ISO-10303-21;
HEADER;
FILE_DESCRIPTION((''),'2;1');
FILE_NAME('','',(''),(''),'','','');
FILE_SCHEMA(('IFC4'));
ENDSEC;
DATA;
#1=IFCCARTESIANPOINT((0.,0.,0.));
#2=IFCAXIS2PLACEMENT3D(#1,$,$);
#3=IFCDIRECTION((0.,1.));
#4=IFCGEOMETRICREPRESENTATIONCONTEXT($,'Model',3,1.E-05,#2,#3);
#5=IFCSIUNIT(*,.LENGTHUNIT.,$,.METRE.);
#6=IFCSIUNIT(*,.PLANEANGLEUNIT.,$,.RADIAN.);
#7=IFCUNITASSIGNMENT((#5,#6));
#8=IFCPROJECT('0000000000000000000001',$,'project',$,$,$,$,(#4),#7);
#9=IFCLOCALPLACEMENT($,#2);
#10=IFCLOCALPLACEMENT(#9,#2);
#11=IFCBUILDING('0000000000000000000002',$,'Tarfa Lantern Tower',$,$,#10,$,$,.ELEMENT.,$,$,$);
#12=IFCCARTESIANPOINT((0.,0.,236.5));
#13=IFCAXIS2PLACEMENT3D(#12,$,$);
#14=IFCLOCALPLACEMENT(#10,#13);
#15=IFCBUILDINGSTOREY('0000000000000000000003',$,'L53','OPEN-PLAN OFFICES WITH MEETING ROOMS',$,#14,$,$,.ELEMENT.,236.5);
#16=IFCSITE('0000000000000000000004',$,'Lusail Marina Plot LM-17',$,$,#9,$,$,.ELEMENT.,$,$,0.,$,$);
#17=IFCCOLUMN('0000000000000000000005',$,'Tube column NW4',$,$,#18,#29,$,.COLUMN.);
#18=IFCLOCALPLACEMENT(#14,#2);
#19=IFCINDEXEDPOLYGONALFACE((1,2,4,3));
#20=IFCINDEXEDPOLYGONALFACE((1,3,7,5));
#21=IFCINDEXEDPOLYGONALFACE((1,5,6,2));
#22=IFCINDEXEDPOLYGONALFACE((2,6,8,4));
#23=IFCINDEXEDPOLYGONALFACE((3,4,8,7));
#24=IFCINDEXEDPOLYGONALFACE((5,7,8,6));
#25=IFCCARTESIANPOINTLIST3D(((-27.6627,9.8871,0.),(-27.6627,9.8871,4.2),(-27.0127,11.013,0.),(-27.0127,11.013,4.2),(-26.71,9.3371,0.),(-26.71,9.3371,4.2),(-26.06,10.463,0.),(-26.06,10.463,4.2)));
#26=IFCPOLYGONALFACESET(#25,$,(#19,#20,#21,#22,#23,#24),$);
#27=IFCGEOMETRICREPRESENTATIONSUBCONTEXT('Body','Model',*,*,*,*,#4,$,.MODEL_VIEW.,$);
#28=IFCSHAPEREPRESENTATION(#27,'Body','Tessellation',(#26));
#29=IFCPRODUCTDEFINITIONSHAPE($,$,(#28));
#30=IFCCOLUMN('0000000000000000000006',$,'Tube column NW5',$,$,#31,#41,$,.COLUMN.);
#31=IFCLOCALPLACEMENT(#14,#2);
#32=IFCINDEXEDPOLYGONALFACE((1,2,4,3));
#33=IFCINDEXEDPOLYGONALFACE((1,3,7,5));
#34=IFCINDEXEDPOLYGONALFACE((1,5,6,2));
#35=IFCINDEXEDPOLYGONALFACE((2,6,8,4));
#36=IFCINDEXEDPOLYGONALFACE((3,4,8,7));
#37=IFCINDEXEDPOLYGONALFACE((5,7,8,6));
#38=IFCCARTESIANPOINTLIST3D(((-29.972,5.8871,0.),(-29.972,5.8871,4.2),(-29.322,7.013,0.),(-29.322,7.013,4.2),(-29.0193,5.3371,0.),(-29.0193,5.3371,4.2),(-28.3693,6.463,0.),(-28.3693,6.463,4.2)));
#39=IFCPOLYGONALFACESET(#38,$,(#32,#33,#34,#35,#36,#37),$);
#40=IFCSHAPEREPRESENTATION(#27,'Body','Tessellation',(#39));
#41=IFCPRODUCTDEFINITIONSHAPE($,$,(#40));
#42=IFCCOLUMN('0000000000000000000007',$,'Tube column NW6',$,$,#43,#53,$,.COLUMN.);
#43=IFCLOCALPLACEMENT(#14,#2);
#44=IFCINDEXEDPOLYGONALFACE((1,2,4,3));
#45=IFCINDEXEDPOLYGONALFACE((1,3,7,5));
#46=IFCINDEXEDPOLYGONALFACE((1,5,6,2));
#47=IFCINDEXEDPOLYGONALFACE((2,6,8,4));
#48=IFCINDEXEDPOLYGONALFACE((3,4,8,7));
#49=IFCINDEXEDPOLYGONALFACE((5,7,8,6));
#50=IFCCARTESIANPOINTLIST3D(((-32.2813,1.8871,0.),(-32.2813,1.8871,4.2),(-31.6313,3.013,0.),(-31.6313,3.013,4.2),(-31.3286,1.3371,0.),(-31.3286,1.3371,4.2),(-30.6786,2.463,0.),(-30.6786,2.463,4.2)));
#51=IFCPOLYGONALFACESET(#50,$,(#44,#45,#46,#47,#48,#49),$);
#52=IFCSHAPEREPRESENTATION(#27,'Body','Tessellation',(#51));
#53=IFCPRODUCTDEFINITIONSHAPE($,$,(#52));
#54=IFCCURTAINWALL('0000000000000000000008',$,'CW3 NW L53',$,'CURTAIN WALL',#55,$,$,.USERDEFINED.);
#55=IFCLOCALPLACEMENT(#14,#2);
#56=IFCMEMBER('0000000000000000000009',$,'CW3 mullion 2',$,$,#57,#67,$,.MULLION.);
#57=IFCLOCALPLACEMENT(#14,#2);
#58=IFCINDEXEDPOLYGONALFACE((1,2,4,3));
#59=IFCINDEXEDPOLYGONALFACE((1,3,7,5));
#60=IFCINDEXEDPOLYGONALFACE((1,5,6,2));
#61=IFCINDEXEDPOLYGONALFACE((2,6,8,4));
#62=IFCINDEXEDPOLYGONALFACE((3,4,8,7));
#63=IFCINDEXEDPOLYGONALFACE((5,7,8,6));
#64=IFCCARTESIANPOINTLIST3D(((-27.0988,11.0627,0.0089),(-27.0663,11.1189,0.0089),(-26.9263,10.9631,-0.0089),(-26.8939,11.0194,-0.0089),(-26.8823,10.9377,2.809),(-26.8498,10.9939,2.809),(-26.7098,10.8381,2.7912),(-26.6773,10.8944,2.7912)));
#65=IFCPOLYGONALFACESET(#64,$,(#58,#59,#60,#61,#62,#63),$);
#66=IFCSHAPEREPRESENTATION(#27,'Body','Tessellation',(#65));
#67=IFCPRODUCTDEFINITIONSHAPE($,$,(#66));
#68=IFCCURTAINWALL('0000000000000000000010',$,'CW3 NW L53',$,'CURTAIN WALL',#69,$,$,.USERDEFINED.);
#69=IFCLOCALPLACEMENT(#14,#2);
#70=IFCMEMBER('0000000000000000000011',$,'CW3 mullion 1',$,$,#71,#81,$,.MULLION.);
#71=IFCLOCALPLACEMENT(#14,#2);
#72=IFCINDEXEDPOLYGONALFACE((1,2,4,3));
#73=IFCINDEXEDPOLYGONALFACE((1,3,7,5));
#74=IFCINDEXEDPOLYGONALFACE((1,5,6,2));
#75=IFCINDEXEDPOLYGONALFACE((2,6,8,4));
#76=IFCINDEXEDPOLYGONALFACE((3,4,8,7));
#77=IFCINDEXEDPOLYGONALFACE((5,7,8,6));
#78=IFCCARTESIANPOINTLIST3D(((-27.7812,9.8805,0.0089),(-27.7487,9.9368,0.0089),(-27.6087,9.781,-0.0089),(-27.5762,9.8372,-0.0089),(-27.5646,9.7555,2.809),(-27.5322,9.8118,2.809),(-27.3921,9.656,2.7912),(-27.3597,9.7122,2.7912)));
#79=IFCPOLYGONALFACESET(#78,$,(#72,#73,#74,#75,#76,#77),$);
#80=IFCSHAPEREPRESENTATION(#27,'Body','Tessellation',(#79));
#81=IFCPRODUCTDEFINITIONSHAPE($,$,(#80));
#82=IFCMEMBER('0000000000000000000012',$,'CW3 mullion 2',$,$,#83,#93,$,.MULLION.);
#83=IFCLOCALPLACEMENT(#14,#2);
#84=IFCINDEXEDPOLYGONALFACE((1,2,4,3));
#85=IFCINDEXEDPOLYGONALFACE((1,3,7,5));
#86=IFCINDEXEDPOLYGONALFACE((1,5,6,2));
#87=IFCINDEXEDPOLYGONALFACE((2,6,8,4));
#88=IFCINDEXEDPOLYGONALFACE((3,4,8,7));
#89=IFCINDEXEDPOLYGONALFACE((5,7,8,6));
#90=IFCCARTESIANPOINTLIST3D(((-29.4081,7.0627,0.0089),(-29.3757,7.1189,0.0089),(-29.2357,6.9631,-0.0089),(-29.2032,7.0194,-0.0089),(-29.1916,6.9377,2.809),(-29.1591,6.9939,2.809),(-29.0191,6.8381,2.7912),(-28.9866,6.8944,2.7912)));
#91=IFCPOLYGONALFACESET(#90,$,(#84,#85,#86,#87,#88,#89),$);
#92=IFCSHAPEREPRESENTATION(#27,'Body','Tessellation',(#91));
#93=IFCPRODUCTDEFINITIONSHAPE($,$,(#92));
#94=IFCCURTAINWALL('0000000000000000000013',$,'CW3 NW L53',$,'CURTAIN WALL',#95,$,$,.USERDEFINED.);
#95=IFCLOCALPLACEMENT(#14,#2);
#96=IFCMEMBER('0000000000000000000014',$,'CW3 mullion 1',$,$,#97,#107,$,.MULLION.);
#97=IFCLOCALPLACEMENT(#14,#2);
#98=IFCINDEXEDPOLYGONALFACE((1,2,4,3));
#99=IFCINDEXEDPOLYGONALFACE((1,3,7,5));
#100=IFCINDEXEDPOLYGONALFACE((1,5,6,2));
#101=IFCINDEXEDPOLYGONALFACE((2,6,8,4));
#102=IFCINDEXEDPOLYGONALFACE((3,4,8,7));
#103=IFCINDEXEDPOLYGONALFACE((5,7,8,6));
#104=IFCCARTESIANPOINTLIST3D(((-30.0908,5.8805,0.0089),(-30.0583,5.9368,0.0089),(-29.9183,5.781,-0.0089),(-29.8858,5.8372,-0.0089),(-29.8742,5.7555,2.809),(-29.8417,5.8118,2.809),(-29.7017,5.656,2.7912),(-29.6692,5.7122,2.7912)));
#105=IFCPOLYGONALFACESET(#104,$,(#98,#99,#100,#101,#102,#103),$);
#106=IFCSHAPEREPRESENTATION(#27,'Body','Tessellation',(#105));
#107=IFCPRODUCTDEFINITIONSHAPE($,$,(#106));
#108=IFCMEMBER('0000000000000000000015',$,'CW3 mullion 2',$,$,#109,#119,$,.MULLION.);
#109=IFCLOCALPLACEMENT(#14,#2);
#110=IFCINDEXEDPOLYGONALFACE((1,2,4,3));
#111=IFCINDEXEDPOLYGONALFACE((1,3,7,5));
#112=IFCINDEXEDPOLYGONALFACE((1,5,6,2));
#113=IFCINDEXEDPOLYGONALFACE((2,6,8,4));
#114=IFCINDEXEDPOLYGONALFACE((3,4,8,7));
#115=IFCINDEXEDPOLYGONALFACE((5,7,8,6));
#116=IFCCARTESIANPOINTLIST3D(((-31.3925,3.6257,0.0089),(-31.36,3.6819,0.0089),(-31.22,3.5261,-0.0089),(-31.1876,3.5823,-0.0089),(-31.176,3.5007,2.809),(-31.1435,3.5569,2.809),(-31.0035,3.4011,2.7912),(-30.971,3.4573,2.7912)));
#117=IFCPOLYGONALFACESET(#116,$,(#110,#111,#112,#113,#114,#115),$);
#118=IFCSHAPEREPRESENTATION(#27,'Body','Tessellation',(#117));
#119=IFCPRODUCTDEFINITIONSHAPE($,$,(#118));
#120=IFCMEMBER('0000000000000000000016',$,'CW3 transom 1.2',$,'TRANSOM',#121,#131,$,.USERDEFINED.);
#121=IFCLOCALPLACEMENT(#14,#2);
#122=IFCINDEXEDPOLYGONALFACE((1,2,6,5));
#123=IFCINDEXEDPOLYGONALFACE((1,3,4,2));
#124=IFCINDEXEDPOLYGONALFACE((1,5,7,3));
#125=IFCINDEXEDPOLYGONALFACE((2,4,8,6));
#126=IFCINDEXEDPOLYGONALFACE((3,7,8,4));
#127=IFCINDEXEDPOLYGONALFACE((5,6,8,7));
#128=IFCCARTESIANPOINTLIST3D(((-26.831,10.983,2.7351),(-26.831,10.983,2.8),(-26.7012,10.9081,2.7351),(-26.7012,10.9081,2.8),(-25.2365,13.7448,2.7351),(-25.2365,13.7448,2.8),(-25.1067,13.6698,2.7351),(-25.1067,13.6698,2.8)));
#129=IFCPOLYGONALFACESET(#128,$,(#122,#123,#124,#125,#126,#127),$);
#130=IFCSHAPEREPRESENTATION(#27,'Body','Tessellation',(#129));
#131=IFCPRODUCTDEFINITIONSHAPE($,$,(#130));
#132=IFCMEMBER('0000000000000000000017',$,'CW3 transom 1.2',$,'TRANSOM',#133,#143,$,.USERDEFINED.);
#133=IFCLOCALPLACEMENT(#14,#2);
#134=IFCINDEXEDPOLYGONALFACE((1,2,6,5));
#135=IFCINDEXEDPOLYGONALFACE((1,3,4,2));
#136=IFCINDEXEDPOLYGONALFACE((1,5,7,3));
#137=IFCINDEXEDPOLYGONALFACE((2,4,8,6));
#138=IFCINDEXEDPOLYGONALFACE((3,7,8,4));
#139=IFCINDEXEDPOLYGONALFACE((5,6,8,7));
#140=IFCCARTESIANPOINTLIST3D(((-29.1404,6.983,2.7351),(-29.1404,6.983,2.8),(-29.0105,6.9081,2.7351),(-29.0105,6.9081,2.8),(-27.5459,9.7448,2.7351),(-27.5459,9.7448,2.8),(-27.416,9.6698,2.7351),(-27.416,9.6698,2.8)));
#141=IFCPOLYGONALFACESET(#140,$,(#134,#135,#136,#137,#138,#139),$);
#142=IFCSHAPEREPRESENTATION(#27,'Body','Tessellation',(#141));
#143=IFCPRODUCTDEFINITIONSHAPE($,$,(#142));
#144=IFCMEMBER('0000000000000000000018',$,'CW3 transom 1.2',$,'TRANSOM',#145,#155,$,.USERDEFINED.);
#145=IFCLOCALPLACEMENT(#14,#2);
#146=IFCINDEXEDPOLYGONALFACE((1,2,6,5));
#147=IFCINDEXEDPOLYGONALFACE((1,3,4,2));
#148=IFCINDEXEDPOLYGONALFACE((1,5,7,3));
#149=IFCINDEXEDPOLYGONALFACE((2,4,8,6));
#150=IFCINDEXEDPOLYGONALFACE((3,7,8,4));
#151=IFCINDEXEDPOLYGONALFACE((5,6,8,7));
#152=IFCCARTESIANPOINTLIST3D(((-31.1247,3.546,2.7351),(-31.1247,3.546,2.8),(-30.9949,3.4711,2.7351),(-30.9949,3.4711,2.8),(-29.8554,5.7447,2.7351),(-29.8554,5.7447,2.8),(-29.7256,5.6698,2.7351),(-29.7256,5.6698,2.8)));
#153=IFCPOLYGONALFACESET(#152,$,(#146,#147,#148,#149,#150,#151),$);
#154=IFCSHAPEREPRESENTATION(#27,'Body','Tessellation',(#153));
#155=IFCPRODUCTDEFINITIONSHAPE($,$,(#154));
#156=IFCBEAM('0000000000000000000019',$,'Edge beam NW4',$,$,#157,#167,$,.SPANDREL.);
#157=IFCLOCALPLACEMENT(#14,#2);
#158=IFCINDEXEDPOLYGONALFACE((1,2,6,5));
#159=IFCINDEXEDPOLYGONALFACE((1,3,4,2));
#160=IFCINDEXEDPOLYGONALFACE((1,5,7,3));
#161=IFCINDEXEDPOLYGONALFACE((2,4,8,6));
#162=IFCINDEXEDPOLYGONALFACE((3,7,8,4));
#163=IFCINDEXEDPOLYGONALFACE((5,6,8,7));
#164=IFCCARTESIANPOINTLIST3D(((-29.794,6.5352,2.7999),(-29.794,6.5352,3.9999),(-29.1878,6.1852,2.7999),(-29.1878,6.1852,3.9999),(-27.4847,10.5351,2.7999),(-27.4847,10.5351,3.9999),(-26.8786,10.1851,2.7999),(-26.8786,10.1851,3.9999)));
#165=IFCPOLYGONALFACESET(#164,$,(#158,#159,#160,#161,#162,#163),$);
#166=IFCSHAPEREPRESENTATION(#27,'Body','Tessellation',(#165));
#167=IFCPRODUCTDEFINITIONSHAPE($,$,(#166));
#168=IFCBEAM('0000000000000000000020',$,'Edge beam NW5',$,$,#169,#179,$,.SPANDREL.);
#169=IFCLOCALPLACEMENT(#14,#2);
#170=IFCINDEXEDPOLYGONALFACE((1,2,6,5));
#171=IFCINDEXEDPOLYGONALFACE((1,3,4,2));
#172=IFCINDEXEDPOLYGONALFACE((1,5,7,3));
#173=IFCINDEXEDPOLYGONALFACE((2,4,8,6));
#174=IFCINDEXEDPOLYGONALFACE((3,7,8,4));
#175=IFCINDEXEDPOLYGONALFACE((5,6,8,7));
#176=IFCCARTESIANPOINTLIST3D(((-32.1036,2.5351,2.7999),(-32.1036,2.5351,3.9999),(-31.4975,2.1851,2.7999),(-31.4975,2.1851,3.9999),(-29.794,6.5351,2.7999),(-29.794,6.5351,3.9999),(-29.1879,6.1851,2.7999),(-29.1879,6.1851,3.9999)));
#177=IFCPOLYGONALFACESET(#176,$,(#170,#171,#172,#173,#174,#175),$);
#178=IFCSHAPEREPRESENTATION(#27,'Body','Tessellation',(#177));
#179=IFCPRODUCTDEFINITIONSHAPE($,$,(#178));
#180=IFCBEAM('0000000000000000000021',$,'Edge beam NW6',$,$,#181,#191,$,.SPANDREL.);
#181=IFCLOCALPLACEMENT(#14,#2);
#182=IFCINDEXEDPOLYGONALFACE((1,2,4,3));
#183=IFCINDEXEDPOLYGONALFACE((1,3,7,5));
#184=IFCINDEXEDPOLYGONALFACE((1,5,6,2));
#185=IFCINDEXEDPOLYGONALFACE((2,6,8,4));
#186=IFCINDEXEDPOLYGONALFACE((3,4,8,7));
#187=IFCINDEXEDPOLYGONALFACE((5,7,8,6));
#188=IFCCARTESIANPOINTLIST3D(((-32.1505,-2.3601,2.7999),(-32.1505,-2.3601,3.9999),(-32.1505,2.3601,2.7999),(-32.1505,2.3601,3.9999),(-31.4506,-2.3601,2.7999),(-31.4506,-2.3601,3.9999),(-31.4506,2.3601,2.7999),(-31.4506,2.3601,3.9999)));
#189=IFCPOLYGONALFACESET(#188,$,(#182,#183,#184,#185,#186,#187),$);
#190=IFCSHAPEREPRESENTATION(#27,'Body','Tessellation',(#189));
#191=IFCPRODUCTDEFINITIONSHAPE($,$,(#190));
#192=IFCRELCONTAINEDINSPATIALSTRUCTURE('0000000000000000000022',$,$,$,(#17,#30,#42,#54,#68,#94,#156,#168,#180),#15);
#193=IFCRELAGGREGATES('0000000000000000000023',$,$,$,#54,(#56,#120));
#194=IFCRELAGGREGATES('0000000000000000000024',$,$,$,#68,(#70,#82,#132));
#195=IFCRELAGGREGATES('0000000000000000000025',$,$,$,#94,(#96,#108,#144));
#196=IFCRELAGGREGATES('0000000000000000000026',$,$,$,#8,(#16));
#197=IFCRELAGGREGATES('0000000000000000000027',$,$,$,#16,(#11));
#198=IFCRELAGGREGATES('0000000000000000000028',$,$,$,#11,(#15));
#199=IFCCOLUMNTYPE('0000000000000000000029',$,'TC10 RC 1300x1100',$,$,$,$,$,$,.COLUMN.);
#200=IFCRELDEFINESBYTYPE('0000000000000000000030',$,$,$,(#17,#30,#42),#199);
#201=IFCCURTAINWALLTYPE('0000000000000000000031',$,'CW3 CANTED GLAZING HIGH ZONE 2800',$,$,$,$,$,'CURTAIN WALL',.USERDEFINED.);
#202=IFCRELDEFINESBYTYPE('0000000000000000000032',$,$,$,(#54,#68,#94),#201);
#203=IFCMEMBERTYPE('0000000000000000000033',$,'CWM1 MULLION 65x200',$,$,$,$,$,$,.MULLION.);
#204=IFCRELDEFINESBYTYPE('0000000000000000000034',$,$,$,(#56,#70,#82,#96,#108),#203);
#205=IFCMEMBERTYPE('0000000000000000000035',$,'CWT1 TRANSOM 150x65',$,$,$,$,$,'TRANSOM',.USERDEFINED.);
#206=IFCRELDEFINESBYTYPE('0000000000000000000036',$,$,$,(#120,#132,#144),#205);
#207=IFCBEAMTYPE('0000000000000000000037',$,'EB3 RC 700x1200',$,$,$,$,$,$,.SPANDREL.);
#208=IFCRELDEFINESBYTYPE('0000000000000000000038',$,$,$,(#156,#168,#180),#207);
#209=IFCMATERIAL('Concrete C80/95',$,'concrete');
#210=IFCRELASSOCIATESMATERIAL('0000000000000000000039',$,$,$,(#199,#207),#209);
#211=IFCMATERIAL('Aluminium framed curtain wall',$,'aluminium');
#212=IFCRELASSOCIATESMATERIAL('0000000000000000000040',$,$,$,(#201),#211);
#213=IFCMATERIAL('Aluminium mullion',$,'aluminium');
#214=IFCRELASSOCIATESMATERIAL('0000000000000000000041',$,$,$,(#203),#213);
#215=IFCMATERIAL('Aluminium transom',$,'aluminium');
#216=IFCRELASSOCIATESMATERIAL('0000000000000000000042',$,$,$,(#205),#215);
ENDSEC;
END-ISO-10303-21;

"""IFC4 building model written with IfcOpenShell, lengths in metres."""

from ifc_helpers import new_model, si_unit, direction, frame, origin, origin_2d, place, context, subcontext, project, spatial, rectangle, extrude, material, material_profile, profile_set, type_object, element, aggregate, save


model = new_model("IFC4")

# Units and contexts
model_context = context("Model", 3, precision=1e-05, world=origin(), true_north=direction((0.0, 1.0)))
body_context = subcontext(model_context, "Body", "Model", "MODEL_VIEW")
ifc_project = project(units=[si_unit("LENGTHUNIT", "METRE"), si_unit("PLANEANGLEUNIT", "RADIAN")], contexts=[model_context])

# Site, building, storey
site_placement = place(None, origin())
site = spatial("IfcSite", under=ifc_project, at=site_placement, Name="Lusail Marina Plot LM-17", CompositionType="ELEMENT", RefElevation=0.0)
building_placement = place(site_placement, origin())
building = spatial("IfcBuilding", under=site, at=building_placement, Name="Tarfa Lantern Tower", CompositionType="ELEMENT")
storey_placement = place(building_placement, frame((0.0, 0.0, 236.5)))
storey = spatial("IfcBuildingStorey", under=building, at=storey_placement, Name="L53", Description="OPEN-PLAN OFFICES WITH MEETING ROOMS", CompositionType="ELEMENT", Elevation=236.5)

# Columns
ifc_material_1 = material(Name="Concrete C80/95", Category="concrete")
ifc_material_profile_1 = material_profile(ifc_material_1, rectangle(XDim=1.3, YDim=1.1001, at=origin_2d()), Name="RC 1300x1100")
ifc_profile_set_1 = profile_set([ifc_material_profile_1], Name="Concrete C80/95")
column_type = type_object("IfcColumnType", Name="TC10 RC 1300x1100", PredefinedType="COLUMN", material=ifc_profile_set_1)
for number, where, z_axis, x_axis, name in (
    (1, (-26.8613, 10.175, 0.0), (0.0, 0.0, 1.0), (-0.5, -0.866025, 0.0), "Tube column NW4"),
    (2, (-29.1707, 6.175, 0.0), (0.0, 0.0, 1.0), (-0.5, -0.866025, 0.0), "Tube column NW5"),
    (3, (-31.48, 2.175, 0.0), (0.0, 0.0, 1.0), (-0.5, -0.866025, 0.0), "Tube column NW6"),
):
    element("IfcColumn", number, at=place(storey_placement, frame(where, z_axis=z_axis, x_axis=x_axis)), inside=storey, type_object=column_type, Name=name, PredefinedType="COLUMN", context=body_context, shape_type="SweptSolid", body=[
        extrude(rectangle(XDim=1.3, YDim=1.1001, at=origin_2d()), origin(), (0.0, 0.0, 1.0), 4.2),
    ])

# Curtain wall, member
ifc_material_2 = material(Name="Aluminium framed curtain wall", Category="aluminium")
curtain_wall_type = type_object("IfcCurtainWallType", Name="CW3 CANTED GLAZING HIGH ZONE 2800", ElementType="CURTAIN WALL", PredefinedType="USERDEFINED", material=ifc_material_2)
curtain_wall_1_placement = place(storey_placement, origin())
curtain_wall_1 = element("IfcCurtainWall", 4, at=curtain_wall_1_placement, inside=storey, type_object=curtain_wall_type, Name="CW3 NW L53", ObjectType="CURTAIN WALL", PredefinedType="USERDEFINED")
ifc_material_3 = material(Name="Aluminium mullion", Category="aluminium")
ifc_material_profile_2 = material_profile(ifc_material_3, rectangle(XDim=0.0649, YDim=0.2, at=origin_2d()), Name="AL MULLION 65x200")
ifc_profile_set_2 = profile_set([ifc_material_profile_2], Name="Aluminium mullion")
member_type_1 = type_object("IfcMemberType", Name="CWM1 MULLION 65x200", PredefinedType="MULLION", material=ifc_profile_set_2)
member_1_placement = place(storey_placement, frame((-26.9963, 11.041, 0.0), z_axis=(0.077032, -0.044465, 0.996037), x_axis=(0.49992, 0.866072, 0.0)))
member_1 = element("IfcMember", 5, at=member_1_placement, type_object=member_type_1, Name="CW3 mullion 2", PredefinedType="MULLION", context=body_context, shape_type="SweptSolid", body=[
    extrude(rectangle(XDim=0.0649, YDim=0.2, at=origin_2d()), origin(), (0.0, 0.0, 1.0), 2.8113),
])

# Curtain walls, members
curtain_wall_2_placement = place(storey_placement, origin())
curtain_wall_2 = element("IfcCurtainWall", 6, at=curtain_wall_2_placement, inside=storey, type_object=curtain_wall_type, Name="CW3 NW L53", ObjectType="CURTAIN WALL", PredefinedType="USERDEFINED")
member_2_placement = place(storey_placement, frame((-27.6787, 9.8589, 0.0), z_axis=(0.077032, -0.044465, 0.996037), x_axis=(0.49992, 0.866072, 0.0)))
member_2 = element("IfcMember", 7, at=member_2_placement, type_object=member_type_1, Name="CW3 mullion 1", PredefinedType="MULLION", context=body_context, shape_type="SweptSolid", body=[
    extrude(rectangle(XDim=0.0649, YDim=0.2, at=origin_2d()), origin(), (0.0, 0.0, 1.0), 2.8113),
])
member_3_placement = place(storey_placement, frame((-29.3057, 7.041, 0.0), z_axis=(0.077032, -0.044465, 0.996037), x_axis=(0.49992, 0.866072, 0.0)))
member_3 = element("IfcMember", 8, at=member_3_placement, type_object=member_type_1, Name="CW3 mullion 2", PredefinedType="MULLION", context=body_context, shape_type="SweptSolid", body=[
    extrude(rectangle(XDim=0.0649, YDim=0.2, at=origin_2d()), origin(), (0.0, 0.0, 1.0), 2.8113),
])
curtain_wall_3_placement = place(storey_placement, origin())
curtain_wall_3 = element("IfcCurtainWall", 9, at=curtain_wall_3_placement, inside=storey, type_object=curtain_wall_type, Name="CW3 NW L53", ObjectType="CURTAIN WALL", PredefinedType="USERDEFINED")
member_4_placement = place(storey_placement, frame((-29.9883, 5.8589, 0.0), z_axis=(0.077032, -0.044465, 0.996037), x_axis=(0.49992, 0.866072, 0.0)))
member_4 = element("IfcMember", 10, at=member_4_placement, type_object=member_type_1, Name="CW3 mullion 1", PredefinedType="MULLION", context=body_context, shape_type="SweptSolid", body=[
    extrude(rectangle(XDim=0.0649, YDim=0.2, at=origin_2d()), origin(), (0.0, 0.0, 1.0), 2.8113),
])
member_5_placement = place(storey_placement, frame((-31.29, 3.604, 0.0), z_axis=(0.077032, -0.044465, 0.996037), x_axis=(0.49992, 0.866072, 0.0)))
member_5 = element("IfcMember", 11, at=member_5_placement, type_object=member_type_1, Name="CW3 mullion 2", PredefinedType="MULLION", context=body_context, shape_type="SweptSolid", body=[
    extrude(rectangle(XDim=0.0649, YDim=0.2, at=origin_2d()), origin(), (0.0, 0.0, 1.0), 2.8113),
])

# Members
ifc_material_4 = material(Name="Aluminium transom", Category="aluminium")
ifc_material_profile_3 = material_profile(ifc_material_4, rectangle(XDim=0.1499, YDim=0.0649, at=origin_2d()), Name="AL TRANSOM 150x65")
ifc_profile_set_3 = profile_set([ifc_material_profile_3], Name="Aluminium transom")
member_type_2 = type_object("IfcMemberType", Name="CWT1 TRANSOM 150x65", ElementType="TRANSOM", PredefinedType="USERDEFINED", material=ifc_profile_set_3)
member_6_placement = place(storey_placement, frame((-25.1716, 13.7073, 2.7676), z_axis=(-0.500001, -0.866025, 0.0), x_axis=(0.866025, -0.500001, 0.0)))
member_6 = element("IfcMember", 12, at=member_6_placement, type_object=member_type_2, Name="CW3 transom 1.2", ObjectType="TRANSOM", PredefinedType="USERDEFINED", context=body_context, shape_type="SweptSolid", body=[
    extrude(rectangle(XDim=0.1499, YDim=0.0649, at=origin_2d()), origin(), (0.0, 0.0, 1.0), 3.189),
])
aggregate(curtain_wall_1, [member_1, member_6])
member_7_placement = place(storey_placement, frame((-27.481, 9.7073, 2.7676), z_axis=(-0.500001, -0.866025, 0.0), x_axis=(0.866025, -0.500001, 0.0)))
member_7 = element("IfcMember", 13, at=member_7_placement, type_object=member_type_2, Name="CW3 transom 1.2", ObjectType="TRANSOM", PredefinedType="USERDEFINED", context=body_context, shape_type="SweptSolid", body=[
    extrude(rectangle(XDim=0.1499, YDim=0.0649, at=origin_2d()), origin(), (0.0, 0.0, 1.0), 3.189),
])
member_8_placement = place(storey_placement, frame((-29.7905, 5.7073, 2.7676), z_axis=(-0.499956, -0.866051, 0.0), x_axis=(0.866051, -0.499956, 0.0)))
member_8 = element("IfcMember", 14, at=member_8_placement, type_object=member_type_2, Name="CW3 transom 1.2", ObjectType="TRANSOM", PredefinedType="USERDEFINED", context=body_context, shape_type="SweptSolid", body=[
    extrude(rectangle(XDim=0.1499, YDim=0.0649, at=origin_2d()), origin(), (0.0, 0.0, 1.0), 2.5388),
])

# Beams
ifc_material_profile_4 = material_profile(ifc_material_1, rectangle(XDim=0.7, YDim=1.2, at=origin_2d()), Name="RC 700x1200")
ifc_profile_set_4 = profile_set([ifc_material_profile_4], Name="Concrete C80/95")
beam_type_1 = type_object("IfcBeamType", Name="EB3 RC 700x1200", PredefinedType="SPANDREL", material=ifc_profile_set_4)
beam_1_placement = place(storey_placement, frame((-27.1816, 10.3601, 3.3999), z_axis=(-0.499988, -0.866032, 0.0), x_axis=(0.866032, -0.499988, 0.0)))
element("IfcBeam", 15, at=beam_1_placement, inside=storey, type_object=beam_type_1, Name="Edge beam NW4", PredefinedType="SPANDREL", context=body_context, shape_type="SweptSolid", body=[
    extrude(rectangle(XDim=0.7, YDim=1.2, at=origin_2d()), origin(), (0.0, 0.0, 1.0), 4.6187),
])
beam_2_placement = place(storey_placement, frame((-29.491, 6.3601, 3.3999), z_axis=(-0.500027, -0.86601, 0.0), x_axis=(0.86601, -0.500027, 0.0)))
element("IfcBeam", 16, at=beam_2_placement, inside=storey, type_object=beam_type_1, Name="Edge beam NW5", PredefinedType="SPANDREL", context=body_context, shape_type="SweptSolid", body=[
    extrude(rectangle(XDim=0.7, YDim=1.2, at=origin_2d()), origin(), (0.0, 0.0, 1.0), 4.6189),
])
beam_3_placement = place(storey_placement, frame((-31.8005, 2.3601, 3.3999), z_axis=(0.0, -1.0, 0.0), x_axis=(1.0, 0.0, 0.0)))
element("IfcBeam", 17, at=beam_3_placement, inside=storey, type_object=beam_type_1, Name="Edge beam NW6", PredefinedType="SPANDREL", context=body_context, shape_type="SweptSolid", body=[
    extrude(rectangle(XDim=0.7, YDim=1.2, at=origin_2d()), origin(), (0.0, 0.0, 1.0), 4.7202),
])

aggregate(curtain_wall_2, [member_2, member_3, member_7])
aggregate(curtain_wall_3, [member_4, member_5, member_8])

save(model, "model.ifc")
